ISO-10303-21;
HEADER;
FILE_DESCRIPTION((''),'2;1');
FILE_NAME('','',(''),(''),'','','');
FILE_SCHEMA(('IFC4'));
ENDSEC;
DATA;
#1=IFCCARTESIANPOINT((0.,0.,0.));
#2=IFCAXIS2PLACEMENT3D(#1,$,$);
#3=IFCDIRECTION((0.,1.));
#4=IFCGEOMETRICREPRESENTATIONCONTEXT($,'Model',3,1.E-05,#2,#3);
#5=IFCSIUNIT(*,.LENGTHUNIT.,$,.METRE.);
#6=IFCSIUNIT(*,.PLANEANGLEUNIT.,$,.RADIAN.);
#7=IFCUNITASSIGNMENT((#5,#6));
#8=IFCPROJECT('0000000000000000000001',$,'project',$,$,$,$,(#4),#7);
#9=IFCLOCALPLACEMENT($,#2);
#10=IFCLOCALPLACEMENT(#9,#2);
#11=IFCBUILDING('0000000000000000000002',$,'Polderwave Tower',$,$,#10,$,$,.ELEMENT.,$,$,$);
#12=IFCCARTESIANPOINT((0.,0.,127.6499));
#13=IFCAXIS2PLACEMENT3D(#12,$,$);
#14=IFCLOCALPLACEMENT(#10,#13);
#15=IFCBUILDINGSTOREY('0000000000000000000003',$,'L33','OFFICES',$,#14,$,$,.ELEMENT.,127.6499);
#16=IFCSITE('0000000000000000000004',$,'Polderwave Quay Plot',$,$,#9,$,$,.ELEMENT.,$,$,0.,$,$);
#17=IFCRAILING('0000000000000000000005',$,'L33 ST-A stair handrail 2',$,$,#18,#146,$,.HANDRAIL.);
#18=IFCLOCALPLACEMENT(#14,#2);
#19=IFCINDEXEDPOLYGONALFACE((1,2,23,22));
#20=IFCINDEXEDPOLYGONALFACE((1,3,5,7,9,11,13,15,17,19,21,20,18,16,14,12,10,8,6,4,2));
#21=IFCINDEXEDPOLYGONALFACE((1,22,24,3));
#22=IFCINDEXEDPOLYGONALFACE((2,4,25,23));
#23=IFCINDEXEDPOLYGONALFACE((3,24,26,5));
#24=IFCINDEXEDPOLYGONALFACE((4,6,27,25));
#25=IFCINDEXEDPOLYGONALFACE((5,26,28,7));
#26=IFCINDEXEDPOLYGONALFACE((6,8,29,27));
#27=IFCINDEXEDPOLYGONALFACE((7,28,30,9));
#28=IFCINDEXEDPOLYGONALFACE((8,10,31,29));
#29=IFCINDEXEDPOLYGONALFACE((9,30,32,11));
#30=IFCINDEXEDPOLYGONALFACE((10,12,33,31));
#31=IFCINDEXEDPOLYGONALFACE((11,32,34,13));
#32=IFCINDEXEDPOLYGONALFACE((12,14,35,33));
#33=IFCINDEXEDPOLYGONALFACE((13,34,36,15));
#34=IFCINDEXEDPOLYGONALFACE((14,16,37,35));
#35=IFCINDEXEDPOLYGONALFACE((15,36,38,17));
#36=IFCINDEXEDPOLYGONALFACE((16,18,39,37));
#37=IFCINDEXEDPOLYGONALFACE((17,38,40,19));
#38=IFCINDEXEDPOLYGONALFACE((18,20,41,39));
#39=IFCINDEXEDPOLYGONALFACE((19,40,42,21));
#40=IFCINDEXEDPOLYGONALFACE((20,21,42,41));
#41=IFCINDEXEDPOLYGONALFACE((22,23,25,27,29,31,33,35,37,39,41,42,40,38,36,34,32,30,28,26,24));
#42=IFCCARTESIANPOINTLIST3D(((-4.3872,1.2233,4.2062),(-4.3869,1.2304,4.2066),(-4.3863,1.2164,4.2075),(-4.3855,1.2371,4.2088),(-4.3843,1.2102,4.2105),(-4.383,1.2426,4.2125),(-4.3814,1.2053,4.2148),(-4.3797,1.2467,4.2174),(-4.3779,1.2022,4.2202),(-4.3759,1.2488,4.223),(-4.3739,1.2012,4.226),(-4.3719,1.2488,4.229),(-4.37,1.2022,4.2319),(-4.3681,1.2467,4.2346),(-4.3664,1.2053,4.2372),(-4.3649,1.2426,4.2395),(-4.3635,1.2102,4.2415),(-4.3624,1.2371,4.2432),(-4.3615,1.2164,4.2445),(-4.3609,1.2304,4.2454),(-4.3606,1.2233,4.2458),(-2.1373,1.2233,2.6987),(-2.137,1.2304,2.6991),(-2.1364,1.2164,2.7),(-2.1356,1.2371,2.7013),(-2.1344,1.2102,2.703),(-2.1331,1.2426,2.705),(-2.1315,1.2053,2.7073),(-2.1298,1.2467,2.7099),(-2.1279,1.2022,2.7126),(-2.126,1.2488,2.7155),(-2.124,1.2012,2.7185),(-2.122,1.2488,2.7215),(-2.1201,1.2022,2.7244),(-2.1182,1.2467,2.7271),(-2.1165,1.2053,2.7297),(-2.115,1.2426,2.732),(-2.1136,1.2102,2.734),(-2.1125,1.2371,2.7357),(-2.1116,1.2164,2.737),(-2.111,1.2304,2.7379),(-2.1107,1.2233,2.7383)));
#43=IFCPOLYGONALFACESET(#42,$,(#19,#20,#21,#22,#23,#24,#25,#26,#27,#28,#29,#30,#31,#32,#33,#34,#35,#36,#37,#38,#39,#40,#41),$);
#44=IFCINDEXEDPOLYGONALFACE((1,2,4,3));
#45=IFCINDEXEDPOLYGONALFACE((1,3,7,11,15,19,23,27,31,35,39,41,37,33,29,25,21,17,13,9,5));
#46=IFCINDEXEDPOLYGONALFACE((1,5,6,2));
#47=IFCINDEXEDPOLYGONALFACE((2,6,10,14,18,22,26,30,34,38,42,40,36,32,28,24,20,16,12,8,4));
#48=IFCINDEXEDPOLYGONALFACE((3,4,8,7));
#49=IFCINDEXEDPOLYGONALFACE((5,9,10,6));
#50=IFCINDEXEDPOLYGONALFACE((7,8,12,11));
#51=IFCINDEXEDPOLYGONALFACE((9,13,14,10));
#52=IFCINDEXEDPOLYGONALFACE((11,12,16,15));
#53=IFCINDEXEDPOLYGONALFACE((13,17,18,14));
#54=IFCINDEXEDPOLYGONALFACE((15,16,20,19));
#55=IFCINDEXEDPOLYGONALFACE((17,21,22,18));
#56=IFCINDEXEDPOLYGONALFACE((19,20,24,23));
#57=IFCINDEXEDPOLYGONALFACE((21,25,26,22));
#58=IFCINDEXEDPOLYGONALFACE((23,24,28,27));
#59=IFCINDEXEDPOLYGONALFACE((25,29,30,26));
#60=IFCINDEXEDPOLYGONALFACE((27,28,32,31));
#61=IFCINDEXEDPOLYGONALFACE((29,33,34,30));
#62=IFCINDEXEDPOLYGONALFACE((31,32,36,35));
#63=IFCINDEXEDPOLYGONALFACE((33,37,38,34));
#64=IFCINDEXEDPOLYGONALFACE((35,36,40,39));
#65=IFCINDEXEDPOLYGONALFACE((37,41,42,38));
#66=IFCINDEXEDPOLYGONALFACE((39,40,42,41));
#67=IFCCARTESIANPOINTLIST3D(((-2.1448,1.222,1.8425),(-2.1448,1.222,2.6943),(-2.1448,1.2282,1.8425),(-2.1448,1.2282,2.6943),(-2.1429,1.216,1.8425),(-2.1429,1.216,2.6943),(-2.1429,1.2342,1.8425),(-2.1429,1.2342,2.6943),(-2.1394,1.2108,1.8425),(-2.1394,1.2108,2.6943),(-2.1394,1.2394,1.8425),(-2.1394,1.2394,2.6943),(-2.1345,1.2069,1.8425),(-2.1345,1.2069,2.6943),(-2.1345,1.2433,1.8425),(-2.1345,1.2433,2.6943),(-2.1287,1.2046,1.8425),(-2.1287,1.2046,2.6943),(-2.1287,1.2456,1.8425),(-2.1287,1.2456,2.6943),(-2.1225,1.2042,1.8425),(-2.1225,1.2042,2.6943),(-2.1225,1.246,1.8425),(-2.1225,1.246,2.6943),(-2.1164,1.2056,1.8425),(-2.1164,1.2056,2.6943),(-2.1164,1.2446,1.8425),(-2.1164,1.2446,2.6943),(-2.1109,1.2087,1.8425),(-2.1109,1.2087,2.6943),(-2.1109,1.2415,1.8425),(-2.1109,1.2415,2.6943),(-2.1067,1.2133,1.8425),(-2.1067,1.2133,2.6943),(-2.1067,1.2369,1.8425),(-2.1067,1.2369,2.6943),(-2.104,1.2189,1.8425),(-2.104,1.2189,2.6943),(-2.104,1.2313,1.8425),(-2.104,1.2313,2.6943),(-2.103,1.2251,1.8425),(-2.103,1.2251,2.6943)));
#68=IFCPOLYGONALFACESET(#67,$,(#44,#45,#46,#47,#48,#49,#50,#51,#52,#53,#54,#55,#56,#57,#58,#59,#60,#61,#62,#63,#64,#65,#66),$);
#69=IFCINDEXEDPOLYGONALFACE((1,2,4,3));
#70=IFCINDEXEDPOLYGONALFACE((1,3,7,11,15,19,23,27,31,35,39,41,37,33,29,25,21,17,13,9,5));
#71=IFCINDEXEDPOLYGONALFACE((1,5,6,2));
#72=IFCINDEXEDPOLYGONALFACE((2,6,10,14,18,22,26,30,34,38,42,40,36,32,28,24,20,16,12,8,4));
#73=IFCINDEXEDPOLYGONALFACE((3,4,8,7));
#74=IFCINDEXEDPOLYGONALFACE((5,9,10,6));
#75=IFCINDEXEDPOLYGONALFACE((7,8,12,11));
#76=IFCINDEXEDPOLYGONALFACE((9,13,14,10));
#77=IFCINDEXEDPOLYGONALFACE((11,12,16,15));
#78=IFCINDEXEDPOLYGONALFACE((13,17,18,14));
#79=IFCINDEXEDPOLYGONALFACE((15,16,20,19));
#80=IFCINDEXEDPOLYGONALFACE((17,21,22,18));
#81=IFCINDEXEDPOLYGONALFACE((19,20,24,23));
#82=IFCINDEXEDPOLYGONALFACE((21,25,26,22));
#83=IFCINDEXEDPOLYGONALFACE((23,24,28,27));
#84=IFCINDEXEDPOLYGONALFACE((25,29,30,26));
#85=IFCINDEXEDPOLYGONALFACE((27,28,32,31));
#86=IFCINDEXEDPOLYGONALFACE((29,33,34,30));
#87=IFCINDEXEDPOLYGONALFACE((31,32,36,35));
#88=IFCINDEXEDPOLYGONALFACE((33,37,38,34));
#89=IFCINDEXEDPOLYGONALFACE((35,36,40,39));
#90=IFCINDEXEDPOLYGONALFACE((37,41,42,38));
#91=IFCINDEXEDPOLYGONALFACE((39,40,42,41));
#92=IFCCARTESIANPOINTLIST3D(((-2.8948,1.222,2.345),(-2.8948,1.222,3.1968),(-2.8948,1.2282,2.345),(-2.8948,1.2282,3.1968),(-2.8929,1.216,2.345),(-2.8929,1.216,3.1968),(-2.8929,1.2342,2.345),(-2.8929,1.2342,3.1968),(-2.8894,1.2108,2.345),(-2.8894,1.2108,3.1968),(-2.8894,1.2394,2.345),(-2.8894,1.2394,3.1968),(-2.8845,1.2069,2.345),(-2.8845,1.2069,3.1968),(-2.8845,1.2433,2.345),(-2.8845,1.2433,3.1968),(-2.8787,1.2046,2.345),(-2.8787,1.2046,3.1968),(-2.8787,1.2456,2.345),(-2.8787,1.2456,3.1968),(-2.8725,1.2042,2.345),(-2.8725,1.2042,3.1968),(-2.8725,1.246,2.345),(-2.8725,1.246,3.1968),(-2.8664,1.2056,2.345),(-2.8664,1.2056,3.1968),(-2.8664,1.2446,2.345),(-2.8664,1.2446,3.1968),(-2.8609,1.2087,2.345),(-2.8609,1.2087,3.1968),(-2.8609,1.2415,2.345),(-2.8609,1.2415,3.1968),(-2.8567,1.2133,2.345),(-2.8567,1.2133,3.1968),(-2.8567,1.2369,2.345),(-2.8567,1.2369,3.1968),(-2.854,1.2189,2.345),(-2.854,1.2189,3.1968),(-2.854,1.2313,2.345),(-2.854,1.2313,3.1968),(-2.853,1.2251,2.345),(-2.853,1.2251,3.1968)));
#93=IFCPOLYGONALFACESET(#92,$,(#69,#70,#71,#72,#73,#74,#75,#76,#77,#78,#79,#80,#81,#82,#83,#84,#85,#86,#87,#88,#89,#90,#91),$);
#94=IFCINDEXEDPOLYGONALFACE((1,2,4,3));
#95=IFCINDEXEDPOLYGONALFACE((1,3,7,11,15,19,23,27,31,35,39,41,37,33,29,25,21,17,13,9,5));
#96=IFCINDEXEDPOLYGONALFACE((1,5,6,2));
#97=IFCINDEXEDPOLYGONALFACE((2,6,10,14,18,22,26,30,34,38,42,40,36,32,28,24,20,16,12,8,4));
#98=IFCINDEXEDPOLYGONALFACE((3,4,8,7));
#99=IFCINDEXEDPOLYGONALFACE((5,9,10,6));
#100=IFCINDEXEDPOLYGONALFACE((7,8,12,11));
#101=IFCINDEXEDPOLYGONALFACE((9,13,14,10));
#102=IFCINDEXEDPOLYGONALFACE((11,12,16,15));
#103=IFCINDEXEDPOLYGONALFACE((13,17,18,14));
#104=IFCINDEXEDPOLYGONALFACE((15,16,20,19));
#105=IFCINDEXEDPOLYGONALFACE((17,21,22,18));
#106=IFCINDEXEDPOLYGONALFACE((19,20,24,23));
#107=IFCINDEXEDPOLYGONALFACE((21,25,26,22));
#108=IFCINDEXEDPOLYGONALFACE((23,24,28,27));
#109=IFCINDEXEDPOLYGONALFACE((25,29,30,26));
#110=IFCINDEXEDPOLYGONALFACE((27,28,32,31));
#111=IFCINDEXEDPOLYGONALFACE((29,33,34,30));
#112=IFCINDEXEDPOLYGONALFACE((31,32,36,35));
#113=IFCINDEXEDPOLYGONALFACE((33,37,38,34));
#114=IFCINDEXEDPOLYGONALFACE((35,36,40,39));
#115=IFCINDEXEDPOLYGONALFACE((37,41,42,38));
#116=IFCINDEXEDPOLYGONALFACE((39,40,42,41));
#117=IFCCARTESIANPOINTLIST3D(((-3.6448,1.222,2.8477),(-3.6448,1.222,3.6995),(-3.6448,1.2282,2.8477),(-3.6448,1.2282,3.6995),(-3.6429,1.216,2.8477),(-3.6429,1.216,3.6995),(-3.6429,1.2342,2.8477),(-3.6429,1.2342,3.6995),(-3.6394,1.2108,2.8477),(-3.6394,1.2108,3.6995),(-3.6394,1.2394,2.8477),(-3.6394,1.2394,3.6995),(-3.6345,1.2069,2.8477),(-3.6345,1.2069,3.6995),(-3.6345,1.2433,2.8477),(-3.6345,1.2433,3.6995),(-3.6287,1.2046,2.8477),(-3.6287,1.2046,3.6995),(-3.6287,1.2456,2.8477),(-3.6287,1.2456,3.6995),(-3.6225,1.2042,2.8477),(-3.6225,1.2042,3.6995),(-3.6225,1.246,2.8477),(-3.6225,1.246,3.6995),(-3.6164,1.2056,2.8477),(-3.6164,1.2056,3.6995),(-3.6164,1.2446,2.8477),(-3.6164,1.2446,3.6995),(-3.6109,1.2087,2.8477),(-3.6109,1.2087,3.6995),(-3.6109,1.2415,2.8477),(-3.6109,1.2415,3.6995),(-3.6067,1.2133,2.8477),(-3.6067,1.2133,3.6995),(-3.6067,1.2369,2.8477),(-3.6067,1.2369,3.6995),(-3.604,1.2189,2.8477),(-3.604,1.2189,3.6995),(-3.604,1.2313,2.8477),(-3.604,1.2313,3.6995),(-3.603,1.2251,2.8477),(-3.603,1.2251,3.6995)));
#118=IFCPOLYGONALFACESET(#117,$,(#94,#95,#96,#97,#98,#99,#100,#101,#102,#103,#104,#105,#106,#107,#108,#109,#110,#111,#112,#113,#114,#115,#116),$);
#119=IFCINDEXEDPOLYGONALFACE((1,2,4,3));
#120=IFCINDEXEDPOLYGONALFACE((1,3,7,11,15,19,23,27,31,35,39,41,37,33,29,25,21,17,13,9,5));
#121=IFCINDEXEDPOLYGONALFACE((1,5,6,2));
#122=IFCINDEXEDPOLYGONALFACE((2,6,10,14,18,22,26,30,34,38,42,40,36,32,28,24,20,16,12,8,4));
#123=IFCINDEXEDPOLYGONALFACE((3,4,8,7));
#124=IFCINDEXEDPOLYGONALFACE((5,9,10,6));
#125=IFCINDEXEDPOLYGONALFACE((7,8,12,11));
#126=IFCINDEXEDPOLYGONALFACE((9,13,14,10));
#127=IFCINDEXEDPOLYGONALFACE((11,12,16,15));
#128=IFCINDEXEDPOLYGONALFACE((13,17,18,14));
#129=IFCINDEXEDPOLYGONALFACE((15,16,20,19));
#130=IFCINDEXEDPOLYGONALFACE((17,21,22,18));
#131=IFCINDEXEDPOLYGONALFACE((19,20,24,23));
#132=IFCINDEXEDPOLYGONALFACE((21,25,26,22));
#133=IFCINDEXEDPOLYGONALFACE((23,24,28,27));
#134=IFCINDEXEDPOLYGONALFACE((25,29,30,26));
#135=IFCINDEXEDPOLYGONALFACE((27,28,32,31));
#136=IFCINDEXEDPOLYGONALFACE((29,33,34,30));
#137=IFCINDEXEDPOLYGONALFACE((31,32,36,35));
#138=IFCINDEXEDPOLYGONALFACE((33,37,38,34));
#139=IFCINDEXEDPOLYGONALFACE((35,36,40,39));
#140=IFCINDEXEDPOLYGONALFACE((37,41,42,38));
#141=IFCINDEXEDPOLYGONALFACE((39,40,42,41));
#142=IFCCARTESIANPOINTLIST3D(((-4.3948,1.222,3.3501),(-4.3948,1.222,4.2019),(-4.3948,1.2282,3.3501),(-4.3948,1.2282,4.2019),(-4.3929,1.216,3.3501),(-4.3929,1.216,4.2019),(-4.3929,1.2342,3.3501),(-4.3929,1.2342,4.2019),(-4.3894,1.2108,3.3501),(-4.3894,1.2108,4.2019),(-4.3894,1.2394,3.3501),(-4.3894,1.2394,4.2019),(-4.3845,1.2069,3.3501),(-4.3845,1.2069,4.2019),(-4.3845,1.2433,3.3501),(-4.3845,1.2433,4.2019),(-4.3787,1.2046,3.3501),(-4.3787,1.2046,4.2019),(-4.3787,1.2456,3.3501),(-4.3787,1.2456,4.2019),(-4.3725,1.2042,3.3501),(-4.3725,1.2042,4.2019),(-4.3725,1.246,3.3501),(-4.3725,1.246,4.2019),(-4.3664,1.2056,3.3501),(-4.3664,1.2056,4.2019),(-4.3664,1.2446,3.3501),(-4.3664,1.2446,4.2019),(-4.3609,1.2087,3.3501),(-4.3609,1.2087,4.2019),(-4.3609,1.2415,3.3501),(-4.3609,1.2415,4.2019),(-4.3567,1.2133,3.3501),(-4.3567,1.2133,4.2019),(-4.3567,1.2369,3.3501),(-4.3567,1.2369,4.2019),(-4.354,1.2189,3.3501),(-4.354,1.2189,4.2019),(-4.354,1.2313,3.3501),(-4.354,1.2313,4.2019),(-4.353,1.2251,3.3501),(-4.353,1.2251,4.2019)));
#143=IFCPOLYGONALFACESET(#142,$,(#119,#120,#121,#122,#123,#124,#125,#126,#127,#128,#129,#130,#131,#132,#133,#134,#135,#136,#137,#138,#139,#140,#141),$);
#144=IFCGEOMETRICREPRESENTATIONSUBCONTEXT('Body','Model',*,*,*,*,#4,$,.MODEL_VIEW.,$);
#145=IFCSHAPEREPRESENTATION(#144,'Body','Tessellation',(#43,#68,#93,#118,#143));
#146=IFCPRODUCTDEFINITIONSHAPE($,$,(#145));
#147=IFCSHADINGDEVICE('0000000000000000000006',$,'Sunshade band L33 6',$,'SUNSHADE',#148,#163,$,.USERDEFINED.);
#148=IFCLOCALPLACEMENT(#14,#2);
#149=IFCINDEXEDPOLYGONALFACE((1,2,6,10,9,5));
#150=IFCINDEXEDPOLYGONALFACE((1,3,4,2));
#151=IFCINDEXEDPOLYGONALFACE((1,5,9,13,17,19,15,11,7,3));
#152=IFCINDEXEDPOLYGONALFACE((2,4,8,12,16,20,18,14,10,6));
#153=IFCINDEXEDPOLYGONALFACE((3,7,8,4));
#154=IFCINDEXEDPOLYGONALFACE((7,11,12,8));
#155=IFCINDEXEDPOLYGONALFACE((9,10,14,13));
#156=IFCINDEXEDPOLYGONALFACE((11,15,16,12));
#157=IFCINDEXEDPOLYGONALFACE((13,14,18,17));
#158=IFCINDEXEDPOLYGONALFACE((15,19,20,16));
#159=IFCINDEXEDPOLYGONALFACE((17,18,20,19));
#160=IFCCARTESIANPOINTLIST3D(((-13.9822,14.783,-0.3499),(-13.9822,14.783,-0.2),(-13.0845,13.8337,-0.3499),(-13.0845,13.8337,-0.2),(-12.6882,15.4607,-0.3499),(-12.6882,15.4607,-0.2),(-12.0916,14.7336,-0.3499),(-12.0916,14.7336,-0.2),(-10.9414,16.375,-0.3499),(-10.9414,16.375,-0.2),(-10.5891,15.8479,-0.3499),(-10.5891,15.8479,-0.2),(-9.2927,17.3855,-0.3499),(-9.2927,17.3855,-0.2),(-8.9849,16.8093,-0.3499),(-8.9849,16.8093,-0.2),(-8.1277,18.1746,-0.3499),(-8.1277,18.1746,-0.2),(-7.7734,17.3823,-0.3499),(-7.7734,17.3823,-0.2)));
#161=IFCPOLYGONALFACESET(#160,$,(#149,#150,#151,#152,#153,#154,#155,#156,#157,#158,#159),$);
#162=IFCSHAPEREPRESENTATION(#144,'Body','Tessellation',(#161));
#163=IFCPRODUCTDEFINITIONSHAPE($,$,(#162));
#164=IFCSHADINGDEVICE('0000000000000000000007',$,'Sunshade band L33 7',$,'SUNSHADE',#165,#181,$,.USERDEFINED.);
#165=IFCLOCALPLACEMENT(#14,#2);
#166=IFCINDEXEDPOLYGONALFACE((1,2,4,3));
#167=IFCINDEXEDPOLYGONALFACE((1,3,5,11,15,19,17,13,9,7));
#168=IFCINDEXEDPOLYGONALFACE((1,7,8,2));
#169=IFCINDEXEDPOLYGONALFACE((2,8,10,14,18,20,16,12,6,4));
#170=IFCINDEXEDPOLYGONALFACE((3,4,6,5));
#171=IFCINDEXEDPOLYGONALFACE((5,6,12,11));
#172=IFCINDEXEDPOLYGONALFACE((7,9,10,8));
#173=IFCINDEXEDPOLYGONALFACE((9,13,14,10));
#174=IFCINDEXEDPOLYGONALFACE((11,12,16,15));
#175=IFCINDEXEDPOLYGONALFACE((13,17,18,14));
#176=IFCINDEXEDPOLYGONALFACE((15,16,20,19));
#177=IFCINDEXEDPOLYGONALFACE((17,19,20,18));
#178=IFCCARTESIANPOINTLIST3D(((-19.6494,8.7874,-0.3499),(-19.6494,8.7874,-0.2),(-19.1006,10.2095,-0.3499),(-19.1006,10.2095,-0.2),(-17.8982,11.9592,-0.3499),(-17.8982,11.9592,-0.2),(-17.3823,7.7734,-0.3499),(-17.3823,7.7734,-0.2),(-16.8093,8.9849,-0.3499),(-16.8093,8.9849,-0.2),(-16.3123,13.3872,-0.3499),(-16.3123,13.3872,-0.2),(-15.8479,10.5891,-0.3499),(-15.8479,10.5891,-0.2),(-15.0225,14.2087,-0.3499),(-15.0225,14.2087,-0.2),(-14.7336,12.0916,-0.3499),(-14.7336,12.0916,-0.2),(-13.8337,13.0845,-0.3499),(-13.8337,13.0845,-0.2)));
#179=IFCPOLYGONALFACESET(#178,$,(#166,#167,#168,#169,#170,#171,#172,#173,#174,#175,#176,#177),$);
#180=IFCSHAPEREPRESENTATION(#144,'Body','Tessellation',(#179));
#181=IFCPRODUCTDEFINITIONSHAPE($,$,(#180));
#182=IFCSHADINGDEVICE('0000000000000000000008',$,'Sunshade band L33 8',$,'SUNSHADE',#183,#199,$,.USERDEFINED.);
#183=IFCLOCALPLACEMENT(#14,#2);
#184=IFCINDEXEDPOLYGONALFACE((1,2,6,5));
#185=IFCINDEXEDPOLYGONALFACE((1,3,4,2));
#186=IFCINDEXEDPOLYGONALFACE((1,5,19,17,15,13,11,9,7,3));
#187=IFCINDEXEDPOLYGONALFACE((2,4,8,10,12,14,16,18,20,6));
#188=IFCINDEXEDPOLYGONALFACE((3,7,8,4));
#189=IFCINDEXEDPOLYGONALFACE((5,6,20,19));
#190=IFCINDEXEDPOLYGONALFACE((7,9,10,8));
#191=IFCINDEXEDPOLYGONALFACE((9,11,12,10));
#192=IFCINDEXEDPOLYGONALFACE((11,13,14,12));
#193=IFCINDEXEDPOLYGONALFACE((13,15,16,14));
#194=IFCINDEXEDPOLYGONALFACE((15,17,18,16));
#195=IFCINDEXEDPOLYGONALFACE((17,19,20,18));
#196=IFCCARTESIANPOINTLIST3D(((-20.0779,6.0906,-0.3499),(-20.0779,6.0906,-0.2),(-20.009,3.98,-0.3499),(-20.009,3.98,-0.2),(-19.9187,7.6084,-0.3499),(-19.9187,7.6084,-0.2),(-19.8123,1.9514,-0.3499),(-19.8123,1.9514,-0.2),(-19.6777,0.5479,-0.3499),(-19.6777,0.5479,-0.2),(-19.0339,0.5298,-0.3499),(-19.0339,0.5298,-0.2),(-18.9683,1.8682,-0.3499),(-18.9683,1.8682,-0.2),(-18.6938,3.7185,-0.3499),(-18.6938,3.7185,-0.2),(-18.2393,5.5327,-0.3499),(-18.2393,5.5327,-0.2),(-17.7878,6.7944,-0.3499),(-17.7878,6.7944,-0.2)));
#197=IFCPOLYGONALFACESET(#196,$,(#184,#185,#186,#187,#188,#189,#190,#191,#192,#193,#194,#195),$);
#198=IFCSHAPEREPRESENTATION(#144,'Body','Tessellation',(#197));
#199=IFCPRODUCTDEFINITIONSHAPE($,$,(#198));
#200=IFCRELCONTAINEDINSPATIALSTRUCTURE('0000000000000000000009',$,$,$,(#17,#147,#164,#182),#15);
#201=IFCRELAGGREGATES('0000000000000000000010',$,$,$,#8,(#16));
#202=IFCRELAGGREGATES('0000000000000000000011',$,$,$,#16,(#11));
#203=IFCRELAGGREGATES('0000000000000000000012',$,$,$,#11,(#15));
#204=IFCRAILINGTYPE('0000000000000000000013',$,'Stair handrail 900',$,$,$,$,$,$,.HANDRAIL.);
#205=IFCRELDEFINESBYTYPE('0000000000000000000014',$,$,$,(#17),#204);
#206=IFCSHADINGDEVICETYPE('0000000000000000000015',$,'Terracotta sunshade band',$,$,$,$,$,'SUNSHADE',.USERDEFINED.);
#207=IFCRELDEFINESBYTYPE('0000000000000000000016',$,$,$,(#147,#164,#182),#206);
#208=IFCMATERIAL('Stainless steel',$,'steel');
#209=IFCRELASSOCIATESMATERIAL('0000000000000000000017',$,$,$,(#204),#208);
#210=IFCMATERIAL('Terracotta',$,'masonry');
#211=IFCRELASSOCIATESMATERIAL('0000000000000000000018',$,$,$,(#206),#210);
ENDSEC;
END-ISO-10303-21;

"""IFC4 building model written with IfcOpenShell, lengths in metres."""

from ifc_helpers import new_model, si_unit, direction, frame, origin, origin_2d, place, context, subcontext, project, spatial, polyline, circle, outline, extrude, material, type_object, element, save


model = new_model("IFC4")

# Units and contexts
model_context = context("Model", 3, precision=1e-05, world=origin(), true_north=direction((0.0, 1.0)))
body_context = subcontext(model_context, "Body", "Model", "MODEL_VIEW")
ifc_project = project(units=[si_unit("LENGTHUNIT", "METRE"), si_unit("PLANEANGLEUNIT", "RADIAN")], contexts=[model_context])

# Site, building, storey
site_placement = place(None, origin())
site = spatial("IfcSite", under=ifc_project, at=site_placement, Name="Polderwave Quay Plot", CompositionType="ELEMENT", RefElevation=0.0)
building_placement = place(site_placement, origin())
building = spatial("IfcBuilding", under=site, at=building_placement, Name="Polderwave Tower", CompositionType="ELEMENT")
storey_placement = place(building_placement, frame((0.0, 0.0, 127.6499)))
storey = spatial("IfcBuildingStorey", under=building, at=storey_placement, Name="L33", Description="OFFICES", CompositionType="ELEMENT", Elevation=127.6499)

# Shared definitions
ifc_material_1 = material(Name="Stainless steel", Category="steel")

# Railing
railing_type_1 = type_object("IfcRailingType", Name="Stair handrail 900", PredefinedType="HANDRAIL", material=ifc_material_1)
railing_1_placement = place(storey_placement, frame((-2.124, 1.2251, 1.8425)))
element("IfcRailing", 1, at=railing_1_placement, inside=storey, type_object=railing_type_1, Name="L33 ST-A stair handrail 2", PredefinedType="HANDRAIL", context=body_context, shape_type="SweptSolid", body=[
    extrude(circle(Radius=0.0239, at=origin_2d()), frame((0.0, 0.0, 0.876), z_axis=(-0.830758, 0.0, 0.556633), x_axis=(0.0, -1.0, 0.0)), (0.0, 0.0, 1.0), 2.7083),
    extrude(circle(Radius=0.021, at=origin_2d()), origin(), (0.0, 0.0, 1.0), 0.8518),
    extrude(circle(Radius=0.021, at=origin_2d()), frame((-0.75, 0.0, 0.5024)), (0.0, 0.0, 1.0), 0.8518),
    extrude(circle(Radius=0.021, at=origin_2d()), frame((-1.5, 0.0, 1.0051)), (0.0, 0.0, 1.0), 0.8518),
    extrude(circle(Radius=0.021, at=origin_2d()), frame((-2.25, 0.0, 1.5076)), (0.0, 0.0, 1.0), 0.8518),
])

# Shading devices
ifc_material_2 = material(Name="Terracotta", Category="masonry")
shading_device_type = type_object("IfcShadingDeviceType", Name="Terracotta sunshade band", ElementType="SUNSHADE", PredefinedType="USERDEFINED", material=ifc_material_2)
shading_device_1_placement = place(storey_placement, frame((0.0, 0.0, -0.3499)))
element("IfcShadingDevice", 2, at=shading_device_1_placement, inside=storey, type_object=shading_device_type, Name="Sunshade band L33 6", ObjectType="SUNSHADE", PredefinedType="USERDEFINED", context=body_context, shape_type="SweptSolid", body=[
    extrude(outline(polyline([(-7.7734, 17.3823), (-8.9849, 16.8093), (-10.5891, 15.8479), (-12.0916, 14.7336), (-13.0845, 13.8337), (-13.9822, 14.783), (-12.6882, 15.4607), (-10.9414, 16.375), (-9.2927, 17.3855), (-8.1277, 18.1746), (-7.7734, 17.3823)])), origin(), (0.0, 0.0, 1.0), 0.1499),
])
shading_device_2_placement = place(storey_placement, frame((0.0, 0.0, -0.3499)))
element("IfcShadingDevice", 3, at=shading_device_2_placement, inside=storey, type_object=shading_device_type, Name="Sunshade band L33 7", ObjectType="SUNSHADE", PredefinedType="USERDEFINED", context=body_context, shape_type="SweptSolid", body=[
    extrude(outline(polyline([(-13.8337, 13.0845), (-14.7336, 12.0916), (-15.8479, 10.5891), (-16.8093, 8.9849), (-17.3823, 7.7734), (-19.6494, 8.7874), (-19.1006, 10.2095), (-17.8982, 11.9592), (-16.3123, 13.3872), (-15.0225, 14.2087), (-13.8337, 13.0845)])), origin(), (0.0, 0.0, 1.0), 0.1499),
])
shading_device_3_placement = place(storey_placement, frame((0.0, 0.0, -0.3499)))
element("IfcShadingDevice", 4, at=shading_device_3_placement, inside=storey, type_object=shading_device_type, Name="Sunshade band L33 8", ObjectType="SUNSHADE", PredefinedType="USERDEFINED", context=body_context, shape_type="SweptSolid", body=[
    extrude(outline(polyline([(-17.7878, 6.7944), (-18.2393, 5.5327), (-18.6938, 3.7185), (-18.9683, 1.8682), (-19.0339, 0.5298), (-19.6777, 0.5479), (-19.8123, 1.9514), (-20.009, 3.98), (-20.0779, 6.0906), (-19.9187, 7.6084), (-17.7878, 6.7944)])), origin(), (0.0, 0.0, 1.0), 0.1499),
])

save(model, "model.ifc")
